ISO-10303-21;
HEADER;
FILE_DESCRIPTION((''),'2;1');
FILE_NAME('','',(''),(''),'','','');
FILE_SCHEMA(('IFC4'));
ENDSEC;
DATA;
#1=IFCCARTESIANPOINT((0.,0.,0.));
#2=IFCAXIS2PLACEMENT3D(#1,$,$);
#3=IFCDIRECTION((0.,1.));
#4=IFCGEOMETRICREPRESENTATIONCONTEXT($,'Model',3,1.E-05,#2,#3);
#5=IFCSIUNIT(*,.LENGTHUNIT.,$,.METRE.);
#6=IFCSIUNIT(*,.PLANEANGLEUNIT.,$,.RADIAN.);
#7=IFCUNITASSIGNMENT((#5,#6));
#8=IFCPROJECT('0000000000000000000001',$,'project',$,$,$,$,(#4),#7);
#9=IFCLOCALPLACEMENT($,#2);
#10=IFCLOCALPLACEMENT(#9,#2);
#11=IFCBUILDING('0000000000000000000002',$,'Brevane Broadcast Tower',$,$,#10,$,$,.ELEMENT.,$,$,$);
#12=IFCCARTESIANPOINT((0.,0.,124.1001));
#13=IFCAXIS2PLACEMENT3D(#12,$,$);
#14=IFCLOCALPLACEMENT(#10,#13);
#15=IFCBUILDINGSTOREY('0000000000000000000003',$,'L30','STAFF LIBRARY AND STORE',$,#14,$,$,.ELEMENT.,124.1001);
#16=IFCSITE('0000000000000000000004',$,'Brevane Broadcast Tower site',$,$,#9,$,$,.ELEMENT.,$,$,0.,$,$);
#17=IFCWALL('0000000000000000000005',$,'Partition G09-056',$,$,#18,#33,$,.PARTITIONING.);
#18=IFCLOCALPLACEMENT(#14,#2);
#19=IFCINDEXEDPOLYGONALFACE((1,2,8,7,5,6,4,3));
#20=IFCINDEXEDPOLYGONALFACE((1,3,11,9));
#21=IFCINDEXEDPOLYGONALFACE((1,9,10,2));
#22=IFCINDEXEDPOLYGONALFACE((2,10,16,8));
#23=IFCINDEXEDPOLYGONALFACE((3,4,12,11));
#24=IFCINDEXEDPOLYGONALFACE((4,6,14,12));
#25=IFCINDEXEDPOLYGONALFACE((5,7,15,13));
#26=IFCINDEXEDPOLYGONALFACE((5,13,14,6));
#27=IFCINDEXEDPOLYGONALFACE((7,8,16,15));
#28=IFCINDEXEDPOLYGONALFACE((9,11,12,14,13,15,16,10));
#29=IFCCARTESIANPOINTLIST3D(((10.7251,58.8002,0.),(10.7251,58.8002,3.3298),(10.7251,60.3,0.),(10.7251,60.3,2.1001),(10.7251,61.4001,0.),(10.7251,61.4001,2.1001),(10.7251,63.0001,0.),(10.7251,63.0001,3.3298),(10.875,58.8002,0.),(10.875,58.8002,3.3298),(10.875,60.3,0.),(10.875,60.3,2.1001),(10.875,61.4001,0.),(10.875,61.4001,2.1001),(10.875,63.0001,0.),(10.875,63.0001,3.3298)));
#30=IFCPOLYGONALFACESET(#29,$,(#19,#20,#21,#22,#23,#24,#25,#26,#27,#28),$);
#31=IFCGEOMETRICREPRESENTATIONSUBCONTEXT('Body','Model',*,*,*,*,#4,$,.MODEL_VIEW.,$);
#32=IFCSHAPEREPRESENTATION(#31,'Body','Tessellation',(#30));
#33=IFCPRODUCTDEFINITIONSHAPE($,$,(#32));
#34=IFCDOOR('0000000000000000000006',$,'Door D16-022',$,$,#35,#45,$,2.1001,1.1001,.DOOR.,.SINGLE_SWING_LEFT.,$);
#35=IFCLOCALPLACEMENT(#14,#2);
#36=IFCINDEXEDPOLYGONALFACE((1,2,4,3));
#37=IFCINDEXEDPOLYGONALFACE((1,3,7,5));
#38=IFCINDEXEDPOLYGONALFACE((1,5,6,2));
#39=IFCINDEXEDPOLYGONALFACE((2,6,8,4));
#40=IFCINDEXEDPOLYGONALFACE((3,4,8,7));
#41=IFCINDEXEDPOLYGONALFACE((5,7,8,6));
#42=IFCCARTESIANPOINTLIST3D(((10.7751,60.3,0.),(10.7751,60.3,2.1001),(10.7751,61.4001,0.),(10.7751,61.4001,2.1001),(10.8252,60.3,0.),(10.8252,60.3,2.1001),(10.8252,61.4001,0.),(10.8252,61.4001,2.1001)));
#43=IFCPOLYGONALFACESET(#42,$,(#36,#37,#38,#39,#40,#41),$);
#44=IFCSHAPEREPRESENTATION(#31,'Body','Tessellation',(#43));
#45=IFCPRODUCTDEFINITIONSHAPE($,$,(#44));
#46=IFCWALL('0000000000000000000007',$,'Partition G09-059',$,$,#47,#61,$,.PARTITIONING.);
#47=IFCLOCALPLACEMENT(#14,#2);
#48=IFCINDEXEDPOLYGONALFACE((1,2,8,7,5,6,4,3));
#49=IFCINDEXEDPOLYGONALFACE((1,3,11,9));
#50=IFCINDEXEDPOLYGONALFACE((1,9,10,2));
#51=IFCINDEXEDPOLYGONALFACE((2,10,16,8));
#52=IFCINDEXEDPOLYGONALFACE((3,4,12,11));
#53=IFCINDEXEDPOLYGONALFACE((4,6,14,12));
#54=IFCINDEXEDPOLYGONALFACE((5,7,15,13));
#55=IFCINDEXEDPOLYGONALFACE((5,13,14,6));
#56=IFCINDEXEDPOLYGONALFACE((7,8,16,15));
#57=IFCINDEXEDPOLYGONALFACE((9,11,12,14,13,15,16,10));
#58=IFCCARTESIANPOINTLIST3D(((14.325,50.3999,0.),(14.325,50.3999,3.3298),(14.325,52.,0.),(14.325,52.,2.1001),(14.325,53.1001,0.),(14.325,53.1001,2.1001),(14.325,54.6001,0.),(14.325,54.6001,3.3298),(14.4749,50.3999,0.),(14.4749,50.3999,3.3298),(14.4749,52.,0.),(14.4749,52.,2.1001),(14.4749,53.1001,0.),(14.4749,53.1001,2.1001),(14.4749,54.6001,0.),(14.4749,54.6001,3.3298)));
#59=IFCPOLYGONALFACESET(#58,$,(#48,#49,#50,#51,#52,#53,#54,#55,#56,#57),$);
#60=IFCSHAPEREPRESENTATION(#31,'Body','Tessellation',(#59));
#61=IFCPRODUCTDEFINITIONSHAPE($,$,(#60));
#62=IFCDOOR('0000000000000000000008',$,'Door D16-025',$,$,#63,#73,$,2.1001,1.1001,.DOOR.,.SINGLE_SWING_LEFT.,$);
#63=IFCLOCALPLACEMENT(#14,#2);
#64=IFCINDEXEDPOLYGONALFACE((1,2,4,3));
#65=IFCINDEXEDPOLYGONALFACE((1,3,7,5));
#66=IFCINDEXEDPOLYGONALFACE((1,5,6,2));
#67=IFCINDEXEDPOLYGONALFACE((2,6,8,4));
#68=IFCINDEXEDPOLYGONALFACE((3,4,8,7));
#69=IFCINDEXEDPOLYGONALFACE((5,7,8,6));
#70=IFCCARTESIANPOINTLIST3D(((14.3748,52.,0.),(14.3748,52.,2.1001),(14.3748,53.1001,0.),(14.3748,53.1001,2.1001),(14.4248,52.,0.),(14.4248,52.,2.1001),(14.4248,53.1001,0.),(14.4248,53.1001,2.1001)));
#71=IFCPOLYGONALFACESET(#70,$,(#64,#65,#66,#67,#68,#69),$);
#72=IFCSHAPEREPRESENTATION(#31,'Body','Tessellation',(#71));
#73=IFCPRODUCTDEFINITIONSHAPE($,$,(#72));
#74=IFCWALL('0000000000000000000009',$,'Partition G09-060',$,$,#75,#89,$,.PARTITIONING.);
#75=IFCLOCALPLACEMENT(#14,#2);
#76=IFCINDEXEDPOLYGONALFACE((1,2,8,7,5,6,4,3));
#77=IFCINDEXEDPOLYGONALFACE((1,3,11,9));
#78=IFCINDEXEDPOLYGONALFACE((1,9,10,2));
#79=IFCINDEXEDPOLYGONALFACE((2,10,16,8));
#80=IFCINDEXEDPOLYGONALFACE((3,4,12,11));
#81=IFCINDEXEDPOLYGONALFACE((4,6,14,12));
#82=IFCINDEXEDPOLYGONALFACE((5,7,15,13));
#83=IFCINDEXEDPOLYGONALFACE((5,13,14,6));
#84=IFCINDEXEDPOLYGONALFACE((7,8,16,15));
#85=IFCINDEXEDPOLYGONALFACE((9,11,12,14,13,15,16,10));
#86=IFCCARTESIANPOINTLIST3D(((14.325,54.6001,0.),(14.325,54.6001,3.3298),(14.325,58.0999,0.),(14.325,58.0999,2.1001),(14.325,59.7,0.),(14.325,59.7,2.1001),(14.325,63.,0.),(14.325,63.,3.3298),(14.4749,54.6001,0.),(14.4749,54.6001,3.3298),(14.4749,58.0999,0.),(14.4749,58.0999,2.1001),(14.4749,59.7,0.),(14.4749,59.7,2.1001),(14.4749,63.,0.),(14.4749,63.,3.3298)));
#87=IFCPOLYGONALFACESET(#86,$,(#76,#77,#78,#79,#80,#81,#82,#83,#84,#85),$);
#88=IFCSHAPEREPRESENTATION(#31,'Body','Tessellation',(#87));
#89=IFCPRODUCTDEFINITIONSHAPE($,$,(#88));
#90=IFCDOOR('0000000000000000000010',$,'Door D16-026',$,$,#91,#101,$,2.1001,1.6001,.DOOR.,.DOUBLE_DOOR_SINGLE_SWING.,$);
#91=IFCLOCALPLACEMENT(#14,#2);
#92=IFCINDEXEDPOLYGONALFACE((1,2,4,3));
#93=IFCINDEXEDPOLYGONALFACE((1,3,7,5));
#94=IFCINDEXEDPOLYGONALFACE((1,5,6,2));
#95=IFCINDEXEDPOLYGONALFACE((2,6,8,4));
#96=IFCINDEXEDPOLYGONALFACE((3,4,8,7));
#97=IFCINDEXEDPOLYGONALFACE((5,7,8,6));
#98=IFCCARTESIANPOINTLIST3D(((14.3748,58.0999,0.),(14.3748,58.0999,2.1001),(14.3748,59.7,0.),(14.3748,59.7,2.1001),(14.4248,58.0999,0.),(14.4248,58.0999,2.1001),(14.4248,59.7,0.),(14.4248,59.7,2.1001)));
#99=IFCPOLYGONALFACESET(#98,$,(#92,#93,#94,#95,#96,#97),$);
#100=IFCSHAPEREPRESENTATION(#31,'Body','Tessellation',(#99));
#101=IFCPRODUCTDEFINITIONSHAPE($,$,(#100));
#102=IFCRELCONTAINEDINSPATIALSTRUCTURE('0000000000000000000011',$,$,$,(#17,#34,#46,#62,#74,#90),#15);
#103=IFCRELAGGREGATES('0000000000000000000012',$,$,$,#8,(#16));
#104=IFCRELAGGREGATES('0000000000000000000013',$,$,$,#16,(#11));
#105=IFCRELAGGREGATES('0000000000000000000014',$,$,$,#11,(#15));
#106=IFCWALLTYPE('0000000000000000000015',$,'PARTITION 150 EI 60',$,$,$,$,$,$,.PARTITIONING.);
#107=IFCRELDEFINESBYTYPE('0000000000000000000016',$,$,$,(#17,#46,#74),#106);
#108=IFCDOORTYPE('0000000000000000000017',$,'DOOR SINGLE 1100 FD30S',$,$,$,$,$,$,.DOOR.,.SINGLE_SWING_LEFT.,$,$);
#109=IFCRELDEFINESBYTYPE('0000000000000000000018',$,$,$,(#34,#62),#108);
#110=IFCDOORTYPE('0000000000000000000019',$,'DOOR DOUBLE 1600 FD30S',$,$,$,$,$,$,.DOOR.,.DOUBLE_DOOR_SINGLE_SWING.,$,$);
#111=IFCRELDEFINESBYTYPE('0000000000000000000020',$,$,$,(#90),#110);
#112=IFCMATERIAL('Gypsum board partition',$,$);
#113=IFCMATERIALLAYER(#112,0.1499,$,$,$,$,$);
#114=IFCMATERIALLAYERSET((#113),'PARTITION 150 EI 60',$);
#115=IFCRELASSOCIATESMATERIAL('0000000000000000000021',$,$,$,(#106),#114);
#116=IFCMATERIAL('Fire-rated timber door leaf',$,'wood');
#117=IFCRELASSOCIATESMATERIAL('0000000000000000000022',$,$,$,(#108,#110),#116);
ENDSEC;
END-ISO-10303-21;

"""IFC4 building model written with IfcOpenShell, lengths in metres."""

from ifc_helpers import new_model, si_unit, direction, frame, frame_2d, origin, place, context, subcontext, project, spatial, rectangle, extrude, material, layer, layer_set, type_object, element, fill, save


model = new_model("IFC4")

# Units and contexts
model_context = context("Model", 3, precision=1e-05, world=origin(), true_north=direction((0.0, 1.0)))
body_context = subcontext(model_context, "Body", "Model", "MODEL_VIEW")
ifc_project = project(units=[si_unit("LENGTHUNIT", "METRE"), si_unit("PLANEANGLEUNIT", "RADIAN")], contexts=[model_context])

# Site, building, storey
site_placement = place(None, origin())
site = spatial("IfcSite", under=ifc_project, at=site_placement, Name="Brevane Broadcast Tower site", CompositionType="ELEMENT", RefElevation=0.0)
building_placement = place(site_placement, origin())
building = spatial("IfcBuilding", under=site, at=building_placement, Name="Brevane Broadcast Tower", CompositionType="ELEMENT")
storey_placement = place(building_placement, frame((0.0, 0.0, 124.1001)))
storey = spatial("IfcBuildingStorey", under=building, at=storey_placement, Name="L30", Description="STAFF LIBRARY AND STORE", CompositionType="ELEMENT", Elevation=124.1001)

# Shared definitions
ifc_material_1 = material(Name="Gypsum board partition")

# Walls, openings, doors
ifc_layer_1 = layer(ifc_material_1, 0.1499)
ifc_layer_set_1 = layer_set([ifc_layer_1], Name="PARTITION 150 EI 60")
wall_type_1 = type_object("IfcWallType", Name="PARTITION 150 EI 60", PredefinedType="PARTITIONING", material=ifc_layer_set_1)
ifc_material_2 = material(Name="Fire-rated timber door leaf", Category="wood")
door_type_1 = type_object("IfcDoorType", Name="DOOR SINGLE 1100 FD30S", OperationType="SINGLE_SWING_LEFT", PredefinedType="DOOR", material=ifc_material_2)
wall_1_placement = place(storey_placement, frame((10.8, 58.8, 0.0), z_axis=(0.0, 0.0, 1.0), x_axis=(0.0, 1.0, 0.0)))
wall_1 = element("IfcWall", 1, at=wall_1_placement, inside=storey, type_object=wall_type_1, Name="Partition G09-056", PredefinedType="PARTITIONING", context=body_context, shape_type="SweptSolid", body=[
    extrude(rectangle(XDim=4.2, YDim=0.1499, at=frame_2d((2.1001, 0.0))), origin(), (0.0, 0.0, 1.0), 3.3298),
])
opening_1_placement = place(wall_1_placement, frame((1.5, 0.0, 0.0)))
opening_1 = element("IfcOpeningElement", 2, at=opening_1_placement, cuts=wall_1, PredefinedType="OPENING", context=body_context, shape_type="SweptSolid", body=[
    extrude(rectangle(XDim=1.1001, YDim=2.1001, at=frame_2d((0.55, 1.05))), frame((0.0, 0.085, 0.0), z_axis=(0.0, -1.0, 0.0), x_axis=(1.0, 0.0, 0.0)), (0.0, 0.0, 1.0), 0.1699),
])
door_1_placement = place(opening_1_placement, origin())
door_1 = element("IfcDoor", 3, at=door_1_placement, inside=storey, type_object=door_type_1, Name="Door D16-022", OperationType="SINGLE_SWING_LEFT", OverallHeight=2.1001, OverallWidth=1.1001, PredefinedType="DOOR", context=body_context, shape_type="SweptSolid", body=[
    extrude(rectangle(XDim=1.1001, YDim=2.1001, at=frame_2d((0.55, 1.05))), frame((0.0, 0.0249, 0.0), z_axis=(0.0, -1.0, 0.0), x_axis=(1.0, 0.0, 0.0)), (0.0, 0.0, 1.0), 0.05),
])
fill(opening_1, door_1)
wall_2_placement = place(storey_placement, frame((14.3999, 54.6001, 0.0), z_axis=(0.0, 0.0, 1.0), x_axis=(0.0, -1.0, 0.0)))
wall_2 = element("IfcWall", 4, at=wall_2_placement, inside=storey, type_object=wall_type_1, Name="Partition G09-059", PredefinedType="PARTITIONING", context=body_context, shape_type="SweptSolid", body=[
    extrude(rectangle(XDim=4.2002, YDim=0.1499, at=frame_2d((2.1001, 0.0))), origin(), (0.0, 0.0, 1.0), 3.3298),
])
opening_2_placement = place(wall_2_placement, frame((1.5, 0.0, 0.0)))
opening_2 = element("IfcOpeningElement", 5, at=opening_2_placement, cuts=wall_2, PredefinedType="OPENING", context=body_context, shape_type="SweptSolid", body=[
    extrude(rectangle(XDim=1.1001, YDim=2.1001, at=frame_2d((0.55, 1.05))), frame((0.0, 0.085, 0.0), z_axis=(0.0, -1.0, 0.0), x_axis=(1.0, 0.0, 0.0)), (0.0, 0.0, 1.0), 0.1699),
])
door_2_placement = place(opening_2_placement, origin())
door_2 = element("IfcDoor", 6, at=door_2_placement, inside=storey, type_object=door_type_1, Name="Door D16-025", OperationType="SINGLE_SWING_LEFT", OverallHeight=2.1001, OverallWidth=1.1001, PredefinedType="DOOR", context=body_context, shape_type="SweptSolid", body=[
    extrude(rectangle(XDim=1.1001, YDim=2.1001, at=frame_2d((0.55, 1.05))), frame((0.0, 0.0249, 0.0), z_axis=(0.0, -1.0, 0.0), x_axis=(1.0, 0.0, 0.0)), (0.0, 0.0, 1.0), 0.05),
])
fill(opening_2, door_2)
wall_3_placement = place(storey_placement, frame((14.3999, 63.0, 0.0), z_axis=(0.0, 0.0, 1.0), x_axis=(0.0, -1.0, 0.0)))
wall_3 = element("IfcWall", 7, at=wall_3_placement, inside=storey, type_object=wall_type_1, Name="Partition G09-060", PredefinedType="PARTITIONING", context=body_context, shape_type="SweptSolid", body=[
    extrude(rectangle(XDim=8.3999, YDim=0.1499, at=frame_2d((4.2, 0.0))), origin(), (0.0, 0.0, 1.0), 3.3298),
])
opening_3_placement = place(wall_3_placement, frame((3.3, 0.0, 0.0)))
opening_3 = element("IfcOpeningElement", 8, at=opening_3_placement, cuts=wall_3, PredefinedType="OPENING", context=body_context, shape_type="SweptSolid", body=[
    extrude(rectangle(XDim=1.6001, YDim=2.1001, at=frame_2d((0.8, 1.05))), frame((0.0, 0.085, 0.0), z_axis=(0.0, -1.0, 0.0), x_axis=(1.0, 0.0, 0.0)), (0.0, 0.0, 1.0), 0.1699),
])
door_type_2 = type_object("IfcDoorType", Name="DOOR DOUBLE 1600 FD30S", OperationType="DOUBLE_DOOR_SINGLE_SWING", PredefinedType="DOOR", material=ifc_material_2)
door_3_placement = place(opening_3_placement, origin())
door_3 = element("IfcDoor", 9, at=door_3_placement, inside=storey, type_object=door_type_2, Name="Door D16-026", OperationType="DOUBLE_DOOR_SINGLE_SWING", OverallHeight=2.1001, OverallWidth=1.6001, PredefinedType="DOOR", context=body_context, shape_type="SweptSolid", body=[
    extrude(rectangle(XDim=1.6001, YDim=2.1001, at=frame_2d((0.8, 1.05))), frame((0.0, 0.0249, 0.0), z_axis=(0.0, -1.0, 0.0), x_axis=(1.0, 0.0, 0.0)), (0.0, 0.0, 1.0), 0.05),
])
fill(opening_3, door_3)

save(model, "model.ifc")
